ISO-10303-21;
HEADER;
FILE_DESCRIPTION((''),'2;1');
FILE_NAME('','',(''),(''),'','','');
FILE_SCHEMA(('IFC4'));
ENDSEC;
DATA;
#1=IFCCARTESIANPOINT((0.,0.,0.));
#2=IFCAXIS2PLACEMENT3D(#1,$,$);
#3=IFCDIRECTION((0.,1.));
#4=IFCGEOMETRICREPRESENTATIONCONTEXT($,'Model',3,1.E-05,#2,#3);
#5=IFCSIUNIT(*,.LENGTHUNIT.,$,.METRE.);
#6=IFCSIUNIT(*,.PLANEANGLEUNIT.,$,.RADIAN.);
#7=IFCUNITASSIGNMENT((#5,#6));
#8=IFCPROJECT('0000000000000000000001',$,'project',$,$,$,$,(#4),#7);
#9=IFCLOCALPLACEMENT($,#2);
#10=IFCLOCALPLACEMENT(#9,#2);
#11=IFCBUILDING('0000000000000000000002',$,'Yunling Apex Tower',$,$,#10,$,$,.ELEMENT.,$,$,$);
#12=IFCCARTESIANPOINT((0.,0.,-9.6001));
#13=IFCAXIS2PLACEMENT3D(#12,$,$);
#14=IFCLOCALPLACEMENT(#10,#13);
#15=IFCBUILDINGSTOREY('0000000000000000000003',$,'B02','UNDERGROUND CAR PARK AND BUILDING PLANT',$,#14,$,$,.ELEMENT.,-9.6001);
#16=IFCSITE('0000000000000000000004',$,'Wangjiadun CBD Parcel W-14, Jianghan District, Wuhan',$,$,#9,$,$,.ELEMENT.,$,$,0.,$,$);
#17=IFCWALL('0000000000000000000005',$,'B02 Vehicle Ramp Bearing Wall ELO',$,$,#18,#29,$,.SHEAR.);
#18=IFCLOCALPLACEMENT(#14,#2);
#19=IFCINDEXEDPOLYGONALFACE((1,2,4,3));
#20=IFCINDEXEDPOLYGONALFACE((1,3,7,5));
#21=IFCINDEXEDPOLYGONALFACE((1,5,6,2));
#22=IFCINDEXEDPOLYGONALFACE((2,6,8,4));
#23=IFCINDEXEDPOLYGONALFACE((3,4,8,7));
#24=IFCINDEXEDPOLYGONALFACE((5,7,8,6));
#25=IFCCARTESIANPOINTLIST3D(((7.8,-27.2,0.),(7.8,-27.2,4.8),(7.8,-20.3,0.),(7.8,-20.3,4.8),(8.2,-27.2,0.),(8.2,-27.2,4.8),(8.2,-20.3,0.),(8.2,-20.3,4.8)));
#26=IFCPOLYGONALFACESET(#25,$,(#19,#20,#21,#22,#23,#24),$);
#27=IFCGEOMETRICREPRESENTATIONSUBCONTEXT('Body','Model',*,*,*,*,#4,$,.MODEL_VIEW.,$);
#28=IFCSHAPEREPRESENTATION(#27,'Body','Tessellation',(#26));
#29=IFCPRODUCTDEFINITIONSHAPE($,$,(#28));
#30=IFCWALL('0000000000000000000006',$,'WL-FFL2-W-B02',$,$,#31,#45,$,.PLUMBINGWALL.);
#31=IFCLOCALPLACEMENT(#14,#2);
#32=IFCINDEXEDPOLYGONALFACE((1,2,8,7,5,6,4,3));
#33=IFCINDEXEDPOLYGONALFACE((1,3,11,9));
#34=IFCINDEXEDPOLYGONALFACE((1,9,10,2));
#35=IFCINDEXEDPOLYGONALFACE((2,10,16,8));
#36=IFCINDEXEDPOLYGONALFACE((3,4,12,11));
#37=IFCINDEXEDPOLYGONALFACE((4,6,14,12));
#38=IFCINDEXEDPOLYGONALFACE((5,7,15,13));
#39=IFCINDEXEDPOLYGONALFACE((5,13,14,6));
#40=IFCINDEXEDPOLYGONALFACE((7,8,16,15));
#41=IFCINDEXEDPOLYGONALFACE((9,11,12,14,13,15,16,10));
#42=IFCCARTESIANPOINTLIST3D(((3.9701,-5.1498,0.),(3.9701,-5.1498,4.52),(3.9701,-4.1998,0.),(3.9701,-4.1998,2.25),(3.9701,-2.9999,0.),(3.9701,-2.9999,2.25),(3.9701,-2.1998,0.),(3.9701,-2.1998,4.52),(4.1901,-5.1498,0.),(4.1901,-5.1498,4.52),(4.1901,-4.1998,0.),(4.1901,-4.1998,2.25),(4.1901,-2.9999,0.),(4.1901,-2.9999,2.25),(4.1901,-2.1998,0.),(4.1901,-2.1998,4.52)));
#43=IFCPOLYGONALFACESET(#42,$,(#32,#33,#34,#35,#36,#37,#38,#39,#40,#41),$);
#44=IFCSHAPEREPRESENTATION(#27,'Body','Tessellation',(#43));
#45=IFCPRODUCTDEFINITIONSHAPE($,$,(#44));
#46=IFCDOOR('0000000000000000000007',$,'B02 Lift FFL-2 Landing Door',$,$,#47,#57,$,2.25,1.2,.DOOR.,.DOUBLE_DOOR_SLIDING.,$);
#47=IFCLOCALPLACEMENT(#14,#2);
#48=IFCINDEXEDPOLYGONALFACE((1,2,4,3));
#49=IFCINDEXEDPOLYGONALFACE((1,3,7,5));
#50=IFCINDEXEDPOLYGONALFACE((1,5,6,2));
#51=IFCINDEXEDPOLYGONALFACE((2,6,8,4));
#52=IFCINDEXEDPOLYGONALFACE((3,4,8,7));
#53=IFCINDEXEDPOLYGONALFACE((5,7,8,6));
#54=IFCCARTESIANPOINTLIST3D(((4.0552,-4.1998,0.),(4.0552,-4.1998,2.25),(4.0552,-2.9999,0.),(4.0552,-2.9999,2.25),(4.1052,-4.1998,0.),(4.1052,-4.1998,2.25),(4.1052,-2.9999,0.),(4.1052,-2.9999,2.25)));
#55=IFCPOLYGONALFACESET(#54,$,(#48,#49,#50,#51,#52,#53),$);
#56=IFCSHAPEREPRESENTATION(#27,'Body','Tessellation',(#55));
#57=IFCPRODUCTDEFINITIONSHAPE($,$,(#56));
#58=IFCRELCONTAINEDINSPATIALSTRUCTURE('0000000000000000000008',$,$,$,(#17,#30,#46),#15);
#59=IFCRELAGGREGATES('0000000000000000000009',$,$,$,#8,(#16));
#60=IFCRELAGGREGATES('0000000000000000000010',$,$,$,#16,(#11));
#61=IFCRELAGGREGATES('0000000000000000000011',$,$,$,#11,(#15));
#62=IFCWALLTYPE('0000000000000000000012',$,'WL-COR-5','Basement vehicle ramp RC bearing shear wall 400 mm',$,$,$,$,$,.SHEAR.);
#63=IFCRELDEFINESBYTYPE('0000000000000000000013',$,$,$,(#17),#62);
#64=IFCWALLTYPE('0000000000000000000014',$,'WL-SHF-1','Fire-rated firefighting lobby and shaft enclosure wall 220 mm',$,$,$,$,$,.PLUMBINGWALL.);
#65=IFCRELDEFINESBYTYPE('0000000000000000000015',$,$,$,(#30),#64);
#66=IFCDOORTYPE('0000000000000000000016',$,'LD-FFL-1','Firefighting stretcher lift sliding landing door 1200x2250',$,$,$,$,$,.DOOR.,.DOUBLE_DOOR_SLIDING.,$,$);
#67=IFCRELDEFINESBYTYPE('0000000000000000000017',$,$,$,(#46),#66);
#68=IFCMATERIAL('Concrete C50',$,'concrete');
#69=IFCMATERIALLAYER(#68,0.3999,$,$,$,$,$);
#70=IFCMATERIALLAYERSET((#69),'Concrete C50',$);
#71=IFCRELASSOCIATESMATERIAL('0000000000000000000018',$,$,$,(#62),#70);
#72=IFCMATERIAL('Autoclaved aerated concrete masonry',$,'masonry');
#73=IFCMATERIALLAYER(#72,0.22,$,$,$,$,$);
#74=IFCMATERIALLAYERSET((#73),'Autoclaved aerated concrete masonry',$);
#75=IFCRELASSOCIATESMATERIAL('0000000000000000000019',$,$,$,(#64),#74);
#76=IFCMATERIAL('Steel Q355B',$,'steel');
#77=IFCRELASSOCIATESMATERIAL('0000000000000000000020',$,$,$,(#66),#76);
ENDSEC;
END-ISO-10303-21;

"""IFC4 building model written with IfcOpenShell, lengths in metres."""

from ifc_helpers import new_model, si_unit, direction, frame, frame_2d, origin, place, context, subcontext, project, spatial, rectangle, extrude, material, layer, layer_set, type_object, element, fill, save


model = new_model("IFC4")

# Units and contexts
model_context = context("Model", 3, precision=1e-05, world=origin(), true_north=direction((0.0, 1.0)))
body_context = subcontext(model_context, "Body", "Model", "MODEL_VIEW")
ifc_project = project(units=[si_unit("LENGTHUNIT", "METRE"), si_unit("PLANEANGLEUNIT", "RADIAN")], contexts=[model_context])

# Site, building, storey
site_placement = place(None, origin())
site = spatial("IfcSite", under=ifc_project, at=site_placement, Name="Wangjiadun CBD Parcel W-14, Jianghan District, Wuhan", CompositionType="ELEMENT", RefElevation=0.0)
building_placement = place(site_placement, origin())
building = spatial("IfcBuilding", under=site, at=building_placement, Name="Yunling Apex Tower", CompositionType="ELEMENT")
storey_placement = place(building_placement, frame((0.0, 0.0, -9.6001)))
storey = spatial("IfcBuildingStorey", under=building, at=storey_placement, Name="B02", Description="UNDERGROUND CAR PARK AND BUILDING PLANT", CompositionType="ELEMENT", Elevation=-9.6001)

# Shared definitions
ifc_material_1 = material(Name="Concrete C50", Category="concrete")

# Shared definitions
ifc_material_2 = material(Name="Steel Q355B", Category="steel")

# Wall
ifc_layer_1 = layer(ifc_material_1, 0.3999)
ifc_layer_set_1 = layer_set([ifc_layer_1], Name="Concrete C50")
wall_type_1 = type_object("IfcWallType", Name="WL-COR-5", Description="Basement vehicle ramp RC bearing shear wall 400 mm", PredefinedType="SHEAR", material=ifc_layer_set_1)
wall_1_placement = place(storey_placement, frame((8.0, -27.2, 0.0), z_axis=(0.0, 0.0, 1.0), x_axis=(0.0, 1.0, 0.0)))
element("IfcWall", 1, at=wall_1_placement, inside=storey, type_object=wall_type_1, Name="B02 Vehicle Ramp Bearing Wall ELO", PredefinedType="SHEAR", context=body_context, shape_type="SweptSolid", body=[
    extrude(rectangle(XDim=6.8999, YDim=0.3999, at=frame_2d((3.45, 0.0))), origin(), (0.0, 0.0, 1.0), 4.8),
])

# Wall, opening, door
ifc_material_3 = material(Name="Autoclaved aerated concrete masonry", Category="masonry")
ifc_layer_2 = layer(ifc_material_3, 0.22)
ifc_layer_set_2 = layer_set([ifc_layer_2], Name="Autoclaved aerated concrete masonry")
wall_type_2 = type_object("IfcWallType", Name="WL-SHF-1", Description="Fire-rated firefighting lobby and shaft enclosure wall 220 mm", PredefinedType="PLUMBINGWALL", material=ifc_layer_set_2)
wall_2_placement = place(storey_placement, frame((4.0801, -5.1499, 0.0), z_axis=(0.0, 0.0, 1.0), x_axis=(0.0, 1.0, 0.0)))
wall_2 = element("IfcWall", 2, at=wall_2_placement, inside=storey, type_object=wall_type_2, Name="WL-FFL2-W-B02", PredefinedType="PLUMBINGWALL", context=body_context, shape_type="SweptSolid", body=[
    extrude(rectangle(XDim=2.95, YDim=0.22, at=frame_2d((1.4751, 0.0))), origin(), (0.0, 0.0, 1.0), 4.52),
])
opening_placement = place(wall_2_placement, frame((0.95, 0.0, 0.0)))
opening = element("IfcOpeningElement", 3, at=opening_placement, cuts=wall_2, PredefinedType="OPENING", context=body_context, shape_type="SweptSolid", body=[
    extrude(rectangle(XDim=1.2, YDim=2.25, at=frame_2d((0.6001, 1.125))), frame((0.0, 0.1201, 0.0), z_axis=(0.0, -1.0, 0.0), x_axis=(1.0, 0.0, 0.0)), (0.0, 0.0, 1.0), 0.24),
])
door_type = type_object("IfcDoorType", Name="LD-FFL-1", Description="Firefighting stretcher lift sliding landing door 1200x2250", OperationType="DOUBLE_DOOR_SLIDING", PredefinedType="DOOR", material=ifc_material_2)
door_placement = place(opening_placement, origin())
door = element("IfcDoor", 4, at=door_placement, inside=storey, type_object=door_type, Name="B02 Lift FFL-2 Landing Door", OperationType="DOUBLE_DOOR_SLIDING", OverallHeight=2.25, OverallWidth=1.2, PredefinedType="DOOR", context=body_context, shape_type="SweptSolid", body=[
    extrude(rectangle(XDim=1.2, YDim=2.25, at=frame_2d((0.6001, 1.125))), frame((0.0, 0.0249, 0.0), z_axis=(0.0, -1.0, 0.0), x_axis=(1.0, 0.0, 0.0)), (0.0, 0.0, 1.0), 0.05),
])
fill(opening, door)

save(model, "model.ifc")
